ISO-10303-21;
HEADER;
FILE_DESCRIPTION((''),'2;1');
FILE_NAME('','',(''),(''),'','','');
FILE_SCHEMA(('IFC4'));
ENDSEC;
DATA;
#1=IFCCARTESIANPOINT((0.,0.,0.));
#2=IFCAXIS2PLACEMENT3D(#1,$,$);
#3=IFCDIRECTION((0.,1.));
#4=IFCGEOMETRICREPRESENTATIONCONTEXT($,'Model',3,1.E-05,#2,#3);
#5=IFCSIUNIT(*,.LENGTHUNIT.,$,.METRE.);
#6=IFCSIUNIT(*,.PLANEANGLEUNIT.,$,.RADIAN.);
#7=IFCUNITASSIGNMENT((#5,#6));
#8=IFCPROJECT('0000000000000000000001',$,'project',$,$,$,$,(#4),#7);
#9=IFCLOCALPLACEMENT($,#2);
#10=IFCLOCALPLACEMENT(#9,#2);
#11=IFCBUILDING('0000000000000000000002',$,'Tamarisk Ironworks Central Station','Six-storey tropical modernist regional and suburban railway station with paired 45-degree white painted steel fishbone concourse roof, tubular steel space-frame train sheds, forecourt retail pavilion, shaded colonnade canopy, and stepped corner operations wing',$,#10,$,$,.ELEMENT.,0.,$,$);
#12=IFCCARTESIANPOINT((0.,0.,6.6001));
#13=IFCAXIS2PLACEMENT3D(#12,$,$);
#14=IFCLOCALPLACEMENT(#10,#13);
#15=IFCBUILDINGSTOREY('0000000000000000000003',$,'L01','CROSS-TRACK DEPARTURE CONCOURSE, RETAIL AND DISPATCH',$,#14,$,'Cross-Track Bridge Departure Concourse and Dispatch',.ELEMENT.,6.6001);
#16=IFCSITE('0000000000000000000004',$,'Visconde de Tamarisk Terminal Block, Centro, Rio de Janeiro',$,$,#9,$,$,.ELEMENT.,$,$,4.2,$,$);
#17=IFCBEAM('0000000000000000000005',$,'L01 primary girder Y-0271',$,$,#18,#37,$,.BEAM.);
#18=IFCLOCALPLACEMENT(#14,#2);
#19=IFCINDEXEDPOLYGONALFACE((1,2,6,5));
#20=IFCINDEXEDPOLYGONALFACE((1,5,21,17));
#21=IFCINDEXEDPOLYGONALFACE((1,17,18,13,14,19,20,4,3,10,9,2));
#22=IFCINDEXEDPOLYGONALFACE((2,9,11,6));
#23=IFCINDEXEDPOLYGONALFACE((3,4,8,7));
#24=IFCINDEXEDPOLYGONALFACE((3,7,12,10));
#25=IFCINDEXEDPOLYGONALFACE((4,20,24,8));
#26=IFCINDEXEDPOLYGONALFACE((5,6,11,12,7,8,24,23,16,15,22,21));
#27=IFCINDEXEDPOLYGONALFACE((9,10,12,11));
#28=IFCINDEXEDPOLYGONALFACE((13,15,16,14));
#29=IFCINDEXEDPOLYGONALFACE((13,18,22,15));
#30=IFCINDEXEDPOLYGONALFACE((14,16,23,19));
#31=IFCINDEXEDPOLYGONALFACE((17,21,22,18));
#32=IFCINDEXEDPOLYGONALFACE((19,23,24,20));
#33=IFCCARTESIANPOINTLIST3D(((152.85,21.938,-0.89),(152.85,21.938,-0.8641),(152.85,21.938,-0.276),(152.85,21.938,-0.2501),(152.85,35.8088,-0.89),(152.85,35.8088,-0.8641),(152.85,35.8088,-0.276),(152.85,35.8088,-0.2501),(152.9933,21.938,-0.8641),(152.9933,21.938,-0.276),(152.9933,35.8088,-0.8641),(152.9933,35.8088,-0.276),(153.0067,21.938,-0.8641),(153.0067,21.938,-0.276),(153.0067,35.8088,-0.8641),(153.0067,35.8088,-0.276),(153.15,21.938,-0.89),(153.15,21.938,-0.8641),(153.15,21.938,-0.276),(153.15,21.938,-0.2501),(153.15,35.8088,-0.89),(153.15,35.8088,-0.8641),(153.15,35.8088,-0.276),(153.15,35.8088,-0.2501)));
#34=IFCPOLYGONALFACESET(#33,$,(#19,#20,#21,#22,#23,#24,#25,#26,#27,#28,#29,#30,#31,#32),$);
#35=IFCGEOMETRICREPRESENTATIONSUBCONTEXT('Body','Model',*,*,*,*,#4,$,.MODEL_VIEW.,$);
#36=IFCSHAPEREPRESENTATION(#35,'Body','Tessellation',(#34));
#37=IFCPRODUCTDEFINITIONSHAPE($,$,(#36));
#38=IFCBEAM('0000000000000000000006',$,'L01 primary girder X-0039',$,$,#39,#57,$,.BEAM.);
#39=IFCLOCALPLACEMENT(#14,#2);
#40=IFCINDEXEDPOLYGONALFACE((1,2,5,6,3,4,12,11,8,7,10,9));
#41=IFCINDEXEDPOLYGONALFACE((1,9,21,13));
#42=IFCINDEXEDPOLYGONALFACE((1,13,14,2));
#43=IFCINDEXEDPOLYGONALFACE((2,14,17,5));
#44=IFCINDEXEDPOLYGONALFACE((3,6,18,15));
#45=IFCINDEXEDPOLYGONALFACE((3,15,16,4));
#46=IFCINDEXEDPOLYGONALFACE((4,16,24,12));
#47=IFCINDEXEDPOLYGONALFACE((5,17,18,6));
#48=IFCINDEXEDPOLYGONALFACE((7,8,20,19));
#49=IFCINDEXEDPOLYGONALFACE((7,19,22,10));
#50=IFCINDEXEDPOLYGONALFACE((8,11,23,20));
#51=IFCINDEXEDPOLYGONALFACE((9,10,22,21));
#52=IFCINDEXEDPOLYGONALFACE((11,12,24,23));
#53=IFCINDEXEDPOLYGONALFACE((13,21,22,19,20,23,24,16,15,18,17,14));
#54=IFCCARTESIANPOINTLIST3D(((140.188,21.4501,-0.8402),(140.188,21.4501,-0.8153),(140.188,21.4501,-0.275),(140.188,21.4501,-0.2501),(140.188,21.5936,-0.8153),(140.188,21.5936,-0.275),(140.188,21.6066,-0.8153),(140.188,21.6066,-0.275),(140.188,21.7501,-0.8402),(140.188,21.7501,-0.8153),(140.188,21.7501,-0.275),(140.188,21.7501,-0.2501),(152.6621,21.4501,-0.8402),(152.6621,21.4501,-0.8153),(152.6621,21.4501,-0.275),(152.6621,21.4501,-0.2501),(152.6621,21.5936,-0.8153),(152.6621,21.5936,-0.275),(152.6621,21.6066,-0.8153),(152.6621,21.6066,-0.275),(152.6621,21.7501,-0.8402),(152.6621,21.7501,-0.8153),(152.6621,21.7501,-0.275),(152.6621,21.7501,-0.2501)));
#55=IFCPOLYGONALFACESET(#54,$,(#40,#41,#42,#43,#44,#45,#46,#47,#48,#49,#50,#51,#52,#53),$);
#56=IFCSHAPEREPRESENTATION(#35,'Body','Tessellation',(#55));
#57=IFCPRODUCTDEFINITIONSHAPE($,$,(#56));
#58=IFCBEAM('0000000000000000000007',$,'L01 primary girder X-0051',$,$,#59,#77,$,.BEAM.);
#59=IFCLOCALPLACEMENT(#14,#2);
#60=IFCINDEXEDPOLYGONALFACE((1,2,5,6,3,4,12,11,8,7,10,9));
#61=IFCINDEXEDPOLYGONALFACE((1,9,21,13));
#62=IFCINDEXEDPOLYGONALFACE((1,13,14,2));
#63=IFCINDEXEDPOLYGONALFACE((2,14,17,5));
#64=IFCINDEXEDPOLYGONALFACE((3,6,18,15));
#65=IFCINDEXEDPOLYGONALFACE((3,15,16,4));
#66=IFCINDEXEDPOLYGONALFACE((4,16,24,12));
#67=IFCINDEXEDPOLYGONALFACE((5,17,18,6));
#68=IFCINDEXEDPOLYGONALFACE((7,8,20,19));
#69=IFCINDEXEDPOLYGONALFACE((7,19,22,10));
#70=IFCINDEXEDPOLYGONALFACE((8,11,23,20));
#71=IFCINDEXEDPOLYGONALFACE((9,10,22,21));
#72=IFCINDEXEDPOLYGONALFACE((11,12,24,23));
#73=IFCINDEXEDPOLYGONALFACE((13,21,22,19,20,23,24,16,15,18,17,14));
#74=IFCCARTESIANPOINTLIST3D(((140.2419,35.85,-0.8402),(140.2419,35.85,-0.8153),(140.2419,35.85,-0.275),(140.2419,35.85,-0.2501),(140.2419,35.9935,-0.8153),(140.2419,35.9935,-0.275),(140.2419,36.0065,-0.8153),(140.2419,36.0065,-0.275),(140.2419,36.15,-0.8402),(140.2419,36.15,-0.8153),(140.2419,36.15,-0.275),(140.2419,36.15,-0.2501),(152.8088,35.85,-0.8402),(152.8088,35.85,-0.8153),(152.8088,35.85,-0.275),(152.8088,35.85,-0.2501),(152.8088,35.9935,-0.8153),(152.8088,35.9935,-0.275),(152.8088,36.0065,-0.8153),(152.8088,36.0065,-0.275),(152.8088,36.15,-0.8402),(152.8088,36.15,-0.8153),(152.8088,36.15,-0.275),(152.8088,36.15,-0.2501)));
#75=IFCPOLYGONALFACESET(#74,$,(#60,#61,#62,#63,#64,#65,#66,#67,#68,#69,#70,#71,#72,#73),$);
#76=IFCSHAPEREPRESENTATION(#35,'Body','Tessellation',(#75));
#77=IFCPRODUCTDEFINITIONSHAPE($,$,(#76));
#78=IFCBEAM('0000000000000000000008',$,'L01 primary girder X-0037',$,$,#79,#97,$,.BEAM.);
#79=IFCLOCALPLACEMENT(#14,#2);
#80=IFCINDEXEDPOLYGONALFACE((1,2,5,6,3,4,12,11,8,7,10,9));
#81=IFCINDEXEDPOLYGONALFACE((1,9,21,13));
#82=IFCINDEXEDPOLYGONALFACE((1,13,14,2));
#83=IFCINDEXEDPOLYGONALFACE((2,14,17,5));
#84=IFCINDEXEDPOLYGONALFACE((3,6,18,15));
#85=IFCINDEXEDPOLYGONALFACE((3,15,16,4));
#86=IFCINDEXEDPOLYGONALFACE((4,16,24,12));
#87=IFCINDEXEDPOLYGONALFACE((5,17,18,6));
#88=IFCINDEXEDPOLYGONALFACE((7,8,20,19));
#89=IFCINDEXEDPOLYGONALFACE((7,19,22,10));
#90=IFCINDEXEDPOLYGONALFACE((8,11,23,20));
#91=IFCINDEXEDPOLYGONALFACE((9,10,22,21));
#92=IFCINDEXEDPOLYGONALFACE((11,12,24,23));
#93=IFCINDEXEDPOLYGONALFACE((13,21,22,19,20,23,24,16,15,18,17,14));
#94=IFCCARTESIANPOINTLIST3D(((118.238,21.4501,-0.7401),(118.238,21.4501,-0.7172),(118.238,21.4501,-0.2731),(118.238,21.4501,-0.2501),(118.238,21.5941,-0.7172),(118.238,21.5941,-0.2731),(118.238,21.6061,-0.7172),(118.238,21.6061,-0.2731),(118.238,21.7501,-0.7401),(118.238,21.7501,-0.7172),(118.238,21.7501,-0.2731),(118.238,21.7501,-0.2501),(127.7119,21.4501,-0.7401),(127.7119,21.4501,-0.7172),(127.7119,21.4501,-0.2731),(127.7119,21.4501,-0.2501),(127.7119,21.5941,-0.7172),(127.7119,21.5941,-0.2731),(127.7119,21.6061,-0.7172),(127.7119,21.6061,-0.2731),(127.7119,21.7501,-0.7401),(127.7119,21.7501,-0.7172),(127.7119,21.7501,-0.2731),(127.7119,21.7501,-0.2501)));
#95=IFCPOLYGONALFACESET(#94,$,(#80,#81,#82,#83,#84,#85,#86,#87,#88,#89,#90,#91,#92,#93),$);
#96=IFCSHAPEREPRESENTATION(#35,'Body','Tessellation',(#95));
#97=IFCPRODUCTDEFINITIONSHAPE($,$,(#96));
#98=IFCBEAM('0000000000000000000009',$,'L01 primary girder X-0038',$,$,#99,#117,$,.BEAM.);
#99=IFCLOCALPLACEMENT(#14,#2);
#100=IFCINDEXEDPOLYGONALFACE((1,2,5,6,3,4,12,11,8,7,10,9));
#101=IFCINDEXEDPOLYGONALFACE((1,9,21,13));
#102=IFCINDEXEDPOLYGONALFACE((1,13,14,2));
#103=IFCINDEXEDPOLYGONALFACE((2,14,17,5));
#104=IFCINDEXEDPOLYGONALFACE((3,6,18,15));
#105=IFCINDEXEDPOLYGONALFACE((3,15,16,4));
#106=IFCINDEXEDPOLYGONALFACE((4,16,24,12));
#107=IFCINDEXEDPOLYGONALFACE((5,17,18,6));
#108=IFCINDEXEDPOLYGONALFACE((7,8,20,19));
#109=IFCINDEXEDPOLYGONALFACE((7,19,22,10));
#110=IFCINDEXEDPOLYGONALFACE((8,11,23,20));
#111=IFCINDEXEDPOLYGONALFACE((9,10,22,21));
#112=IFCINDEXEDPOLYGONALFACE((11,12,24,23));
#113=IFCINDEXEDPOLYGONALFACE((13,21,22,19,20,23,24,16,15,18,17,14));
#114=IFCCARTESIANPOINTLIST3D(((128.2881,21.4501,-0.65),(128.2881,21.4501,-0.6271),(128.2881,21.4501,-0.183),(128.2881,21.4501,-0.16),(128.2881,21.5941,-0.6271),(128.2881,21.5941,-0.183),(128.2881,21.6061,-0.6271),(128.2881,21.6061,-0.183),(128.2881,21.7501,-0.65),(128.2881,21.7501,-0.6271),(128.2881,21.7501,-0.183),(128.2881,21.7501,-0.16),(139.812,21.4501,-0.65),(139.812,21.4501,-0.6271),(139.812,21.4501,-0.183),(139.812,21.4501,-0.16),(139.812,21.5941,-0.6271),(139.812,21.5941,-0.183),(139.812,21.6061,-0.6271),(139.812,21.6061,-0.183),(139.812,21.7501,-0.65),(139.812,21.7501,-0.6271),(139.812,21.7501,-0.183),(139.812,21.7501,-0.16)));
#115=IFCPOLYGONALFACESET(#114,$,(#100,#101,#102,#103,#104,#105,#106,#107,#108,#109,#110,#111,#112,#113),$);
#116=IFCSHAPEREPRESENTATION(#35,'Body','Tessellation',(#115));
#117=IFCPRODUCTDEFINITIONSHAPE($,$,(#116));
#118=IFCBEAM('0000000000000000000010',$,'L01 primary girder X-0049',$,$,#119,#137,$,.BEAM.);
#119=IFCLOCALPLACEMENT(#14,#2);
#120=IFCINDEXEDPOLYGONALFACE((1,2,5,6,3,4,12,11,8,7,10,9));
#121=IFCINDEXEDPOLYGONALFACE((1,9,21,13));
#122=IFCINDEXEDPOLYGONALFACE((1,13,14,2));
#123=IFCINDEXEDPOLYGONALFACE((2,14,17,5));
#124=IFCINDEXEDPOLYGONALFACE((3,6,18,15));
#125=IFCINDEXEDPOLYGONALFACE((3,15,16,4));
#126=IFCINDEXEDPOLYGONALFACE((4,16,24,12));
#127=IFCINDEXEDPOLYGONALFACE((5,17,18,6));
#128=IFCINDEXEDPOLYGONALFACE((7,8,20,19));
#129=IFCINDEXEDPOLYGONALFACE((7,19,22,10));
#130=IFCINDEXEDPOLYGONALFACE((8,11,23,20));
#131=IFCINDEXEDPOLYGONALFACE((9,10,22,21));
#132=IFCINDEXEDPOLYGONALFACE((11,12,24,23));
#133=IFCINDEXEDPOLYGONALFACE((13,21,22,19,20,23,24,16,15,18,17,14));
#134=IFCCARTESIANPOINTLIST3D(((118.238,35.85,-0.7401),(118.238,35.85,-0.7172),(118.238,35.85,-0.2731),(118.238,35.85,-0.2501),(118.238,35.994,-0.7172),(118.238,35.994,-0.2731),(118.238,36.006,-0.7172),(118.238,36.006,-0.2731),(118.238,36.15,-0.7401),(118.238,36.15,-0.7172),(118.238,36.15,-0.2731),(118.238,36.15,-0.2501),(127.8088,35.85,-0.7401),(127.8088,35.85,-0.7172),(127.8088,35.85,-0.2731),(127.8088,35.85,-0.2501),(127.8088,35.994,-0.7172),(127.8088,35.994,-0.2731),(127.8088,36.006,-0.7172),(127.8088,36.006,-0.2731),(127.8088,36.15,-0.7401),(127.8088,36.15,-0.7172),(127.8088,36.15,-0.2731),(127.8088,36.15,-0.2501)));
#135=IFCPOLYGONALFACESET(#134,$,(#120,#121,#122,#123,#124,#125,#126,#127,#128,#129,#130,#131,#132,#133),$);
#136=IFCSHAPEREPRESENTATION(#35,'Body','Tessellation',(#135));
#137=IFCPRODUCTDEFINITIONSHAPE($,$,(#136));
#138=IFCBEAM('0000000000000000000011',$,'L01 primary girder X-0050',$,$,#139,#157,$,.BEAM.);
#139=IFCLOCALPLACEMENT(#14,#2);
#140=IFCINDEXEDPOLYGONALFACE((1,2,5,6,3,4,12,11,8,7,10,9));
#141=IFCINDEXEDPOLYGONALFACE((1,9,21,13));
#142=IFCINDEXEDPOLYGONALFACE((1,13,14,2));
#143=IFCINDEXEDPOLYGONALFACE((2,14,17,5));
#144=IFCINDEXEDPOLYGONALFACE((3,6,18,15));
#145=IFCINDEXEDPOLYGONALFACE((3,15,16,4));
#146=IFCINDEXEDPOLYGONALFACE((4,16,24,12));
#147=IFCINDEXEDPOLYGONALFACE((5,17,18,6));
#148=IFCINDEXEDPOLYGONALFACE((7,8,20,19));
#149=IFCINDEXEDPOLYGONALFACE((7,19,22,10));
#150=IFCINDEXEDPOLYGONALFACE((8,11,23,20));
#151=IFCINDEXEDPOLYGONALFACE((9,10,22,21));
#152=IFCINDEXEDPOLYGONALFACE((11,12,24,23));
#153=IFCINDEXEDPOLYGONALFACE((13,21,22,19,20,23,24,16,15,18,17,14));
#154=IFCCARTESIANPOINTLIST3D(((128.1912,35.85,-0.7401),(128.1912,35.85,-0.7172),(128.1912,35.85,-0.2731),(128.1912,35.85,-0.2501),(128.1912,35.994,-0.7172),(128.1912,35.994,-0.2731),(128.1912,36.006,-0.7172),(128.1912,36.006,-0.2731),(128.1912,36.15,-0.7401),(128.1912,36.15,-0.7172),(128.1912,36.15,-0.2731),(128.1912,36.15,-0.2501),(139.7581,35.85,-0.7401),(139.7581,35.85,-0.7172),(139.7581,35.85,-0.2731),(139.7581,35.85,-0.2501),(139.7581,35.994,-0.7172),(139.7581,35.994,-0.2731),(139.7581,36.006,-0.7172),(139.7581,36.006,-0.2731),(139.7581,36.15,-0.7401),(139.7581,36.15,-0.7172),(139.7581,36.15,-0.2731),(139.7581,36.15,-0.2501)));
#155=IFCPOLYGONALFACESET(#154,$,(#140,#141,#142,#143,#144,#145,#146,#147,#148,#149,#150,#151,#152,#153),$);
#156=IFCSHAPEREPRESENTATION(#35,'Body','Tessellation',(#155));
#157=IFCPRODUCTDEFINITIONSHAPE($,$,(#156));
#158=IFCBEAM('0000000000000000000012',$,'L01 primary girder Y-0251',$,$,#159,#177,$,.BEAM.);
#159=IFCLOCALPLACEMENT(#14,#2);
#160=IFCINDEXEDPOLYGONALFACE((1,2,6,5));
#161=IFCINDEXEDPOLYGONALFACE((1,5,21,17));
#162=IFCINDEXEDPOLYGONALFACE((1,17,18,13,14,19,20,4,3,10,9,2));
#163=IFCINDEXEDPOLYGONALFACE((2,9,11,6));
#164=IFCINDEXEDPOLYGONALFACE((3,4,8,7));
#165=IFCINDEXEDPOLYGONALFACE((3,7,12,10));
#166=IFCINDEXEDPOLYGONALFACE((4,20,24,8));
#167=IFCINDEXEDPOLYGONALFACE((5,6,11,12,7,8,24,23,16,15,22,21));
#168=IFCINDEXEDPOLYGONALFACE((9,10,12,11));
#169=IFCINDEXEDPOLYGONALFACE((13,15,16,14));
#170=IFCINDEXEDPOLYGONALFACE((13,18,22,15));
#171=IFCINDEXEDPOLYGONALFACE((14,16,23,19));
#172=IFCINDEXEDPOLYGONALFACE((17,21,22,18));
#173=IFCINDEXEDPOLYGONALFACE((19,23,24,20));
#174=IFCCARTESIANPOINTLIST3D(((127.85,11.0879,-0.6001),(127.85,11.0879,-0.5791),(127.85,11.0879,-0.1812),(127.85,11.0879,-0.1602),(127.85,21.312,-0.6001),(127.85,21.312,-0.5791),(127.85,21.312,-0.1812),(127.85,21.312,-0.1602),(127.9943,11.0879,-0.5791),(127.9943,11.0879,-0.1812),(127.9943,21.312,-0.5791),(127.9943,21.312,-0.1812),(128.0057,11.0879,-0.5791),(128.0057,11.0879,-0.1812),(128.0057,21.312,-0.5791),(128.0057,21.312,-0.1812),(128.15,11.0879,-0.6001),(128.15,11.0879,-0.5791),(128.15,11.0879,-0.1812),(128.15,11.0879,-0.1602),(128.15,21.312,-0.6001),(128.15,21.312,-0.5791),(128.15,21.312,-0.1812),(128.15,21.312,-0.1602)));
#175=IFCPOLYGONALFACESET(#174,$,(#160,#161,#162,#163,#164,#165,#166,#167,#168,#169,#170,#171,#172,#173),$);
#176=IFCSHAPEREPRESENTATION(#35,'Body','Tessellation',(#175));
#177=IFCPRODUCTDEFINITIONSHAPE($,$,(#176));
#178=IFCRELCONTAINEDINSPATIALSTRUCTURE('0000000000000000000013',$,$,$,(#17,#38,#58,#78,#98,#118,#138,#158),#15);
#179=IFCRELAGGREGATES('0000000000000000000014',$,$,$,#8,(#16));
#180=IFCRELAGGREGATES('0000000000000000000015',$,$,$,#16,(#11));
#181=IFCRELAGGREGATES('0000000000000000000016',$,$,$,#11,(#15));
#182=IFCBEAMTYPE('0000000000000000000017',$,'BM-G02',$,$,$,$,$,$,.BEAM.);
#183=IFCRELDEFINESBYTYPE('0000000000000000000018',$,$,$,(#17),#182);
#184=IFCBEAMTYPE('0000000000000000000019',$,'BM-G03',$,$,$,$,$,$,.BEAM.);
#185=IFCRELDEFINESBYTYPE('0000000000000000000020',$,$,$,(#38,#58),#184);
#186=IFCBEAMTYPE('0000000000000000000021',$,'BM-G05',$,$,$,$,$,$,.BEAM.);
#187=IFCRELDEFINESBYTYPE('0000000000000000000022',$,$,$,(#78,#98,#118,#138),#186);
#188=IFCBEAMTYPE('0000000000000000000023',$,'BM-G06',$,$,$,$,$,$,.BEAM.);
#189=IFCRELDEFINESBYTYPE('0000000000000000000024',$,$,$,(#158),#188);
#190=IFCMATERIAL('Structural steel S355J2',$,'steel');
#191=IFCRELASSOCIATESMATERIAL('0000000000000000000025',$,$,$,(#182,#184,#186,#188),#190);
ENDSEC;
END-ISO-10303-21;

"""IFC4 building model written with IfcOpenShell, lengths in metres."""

from ifc_helpers import new_model, si_unit, direction, frame, origin, origin_2d, place, context, subcontext, project, spatial, i_section, extrude, material, material_profile, profile_set, type_object, element, save


model = new_model("IFC4")

# Units and contexts
model_context = context("Model", 3, precision=1e-05, world=origin(), true_north=direction((0.0, 1.0)))
body_context = subcontext(model_context, "Body", "Model", "MODEL_VIEW")
ifc_project = project(units=[si_unit("LENGTHUNIT", "METRE"), si_unit("PLANEANGLEUNIT", "RADIAN")], contexts=[model_context])

# Site, building, storey
site_placement = place(None, origin())
site = spatial("IfcSite", under=ifc_project, at=site_placement, Name="Visconde de Tamarisk Terminal Block, Centro, Rio de Janeiro", CompositionType="ELEMENT", RefElevation=4.2)
building_placement = place(site_placement, origin())
building = spatial("IfcBuilding", under=site, at=building_placement, Name="Tamarisk Ironworks Central Station", Description="Six-storey tropical modernist regional and suburban railway station with paired 45-degree white painted steel fishbone concourse roof, tubular steel space-frame train sheds, forecourt retail pavilion, shaded colonnade canopy, and stepped corner operations wing", CompositionType="ELEMENT", ElevationOfRefHeight=0.0)
storey_placement = place(building_placement, frame((0.0, 0.0, 6.6001)))
storey = spatial("IfcBuildingStorey", under=building, at=storey_placement, Name="L01", Description="CROSS-TRACK DEPARTURE CONCOURSE, RETAIL AND DISPATCH", LongName="Cross-Track Bridge Departure Concourse and Dispatch", CompositionType="ELEMENT", Elevation=6.6001)

# Shared definitions
ifc_material_1 = material(Name="Structural steel S355J2", Category="steel")

# Beams
ifc_material_profile_1 = material_profile(ifc_material_1, i_section(OverallWidth=0.3, OverallDepth=0.6399, WebThickness=0.0134, FlangeThickness=0.0259, at=origin_2d()), Name="HEA 650")
ifc_profile_set_1 = profile_set([ifc_material_profile_1], Name="Structural steel S355J2")
beam_type_1 = type_object("IfcBeamType", Name="BM-G02", PredefinedType="BEAM", material=ifc_profile_set_1)
beam_1_placement = place(storey_placement, frame((153.0, 21.938, -0.5701), z_axis=(0.0, 1.0, 0.0), x_axis=(-1.0, 0.0, 0.0)))
element("IfcBeam", 1, at=beam_1_placement, inside=storey, type_object=beam_type_1, Name="L01 primary girder Y-0271", PredefinedType="BEAM", context=body_context, shape_type="SweptSolid", body=[
    extrude(i_section(OverallWidth=0.3, OverallDepth=0.6399, WebThickness=0.0134, FlangeThickness=0.0259, at=origin_2d()), origin(), (0.0, 0.0, 1.0), 13.8708),
])
ifc_material_profile_2 = material_profile(ifc_material_1, i_section(OverallWidth=0.3, OverallDepth=0.5901, WebThickness=0.0129, FlangeThickness=0.0249, at=origin_2d()), Name="HEA 600")
ifc_profile_set_2 = profile_set([ifc_material_profile_2], Name="Structural steel S355J2")
beam_type_2 = type_object("IfcBeamType", Name="BM-G03", PredefinedType="BEAM", material=ifc_profile_set_2)
beam_2_placement = place(storey_placement, frame((140.188, 21.6001, -0.5452), z_axis=(1.0, 0.0, 0.0), x_axis=(0.0, 1.0, 0.0)))
element("IfcBeam", 2, at=beam_2_placement, inside=storey, type_object=beam_type_2, Name="L01 primary girder X-0039", PredefinedType="BEAM", context=body_context, shape_type="SweptSolid", body=[
    extrude(i_section(OverallWidth=0.3, OverallDepth=0.5901, WebThickness=0.0129, FlangeThickness=0.0249, at=origin_2d()), origin(), (0.0, 0.0, 1.0), 12.4741),
])
beam_3_placement = place(storey_placement, frame((140.2419, 36.0, -0.5452), z_axis=(1.0, 0.0, 0.0), x_axis=(0.0, 1.0, 0.0)))
element("IfcBeam", 3, at=beam_3_placement, inside=storey, type_object=beam_type_2, Name="L01 primary girder X-0051", PredefinedType="BEAM", context=body_context, shape_type="SweptSolid", body=[
    extrude(i_section(OverallWidth=0.3, OverallDepth=0.5901, WebThickness=0.0129, FlangeThickness=0.0249, at=origin_2d()), origin(), (0.0, 0.0, 1.0), 12.5669),
])
ifc_material_profile_3 = material_profile(ifc_material_1, i_section(OverallWidth=0.3, OverallDepth=0.49, WebThickness=0.012, FlangeThickness=0.0229, at=origin_2d()), Name="HEA 500")
ifc_profile_set_3 = profile_set([ifc_material_profile_3], Name="Structural steel S355J2")
beam_type_3 = type_object("IfcBeamType", Name="BM-G05", PredefinedType="BEAM", material=ifc_profile_set_3)
beam_4_placement = place(storey_placement, frame((118.238, 21.6001, -0.4951), z_axis=(1.0, 0.0, 0.0), x_axis=(0.0, 1.0, 0.0)))
element("IfcBeam", 4, at=beam_4_placement, inside=storey, type_object=beam_type_3, Name="L01 primary girder X-0037", PredefinedType="BEAM", context=body_context, shape_type="SweptSolid", body=[
    extrude(i_section(OverallWidth=0.3, OverallDepth=0.49, WebThickness=0.012, FlangeThickness=0.0229, at=origin_2d()), origin(), (0.0, 0.0, 1.0), 9.4739),
])
beam_5_placement = place(storey_placement, frame((128.2881, 21.6001, -0.405), z_axis=(1.0, 0.0, 0.0), x_axis=(0.0, 1.0, 0.0)))
element("IfcBeam", 5, at=beam_5_placement, inside=storey, type_object=beam_type_3, Name="L01 primary girder X-0038", PredefinedType="BEAM", context=body_context, shape_type="SweptSolid", body=[
    extrude(i_section(OverallWidth=0.3, OverallDepth=0.49, WebThickness=0.012, FlangeThickness=0.0229, at=origin_2d()), origin(), (0.0, 0.0, 1.0), 11.5239),
])
beam_6_placement = place(storey_placement, frame((118.238, 36.0, -0.4951), z_axis=(1.0, 0.0, 0.0), x_axis=(0.0, 1.0, 0.0)))
element("IfcBeam", 6, at=beam_6_placement, inside=storey, type_object=beam_type_3, Name="L01 primary girder X-0049", PredefinedType="BEAM", context=body_context, shape_type="SweptSolid", body=[
    extrude(i_section(OverallWidth=0.3, OverallDepth=0.49, WebThickness=0.012, FlangeThickness=0.0229, at=origin_2d()), origin(), (0.0, 0.0, 1.0), 9.5708),
])
beam_7_placement = place(storey_placement, frame((128.1912, 36.0, -0.4951), z_axis=(1.0, 0.0, 0.0), x_axis=(0.0, 1.0, 0.0)))
element("IfcBeam", 7, at=beam_7_placement, inside=storey, type_object=beam_type_3, Name="L01 primary girder X-0050", PredefinedType="BEAM", context=body_context, shape_type="SweptSolid", body=[
    extrude(i_section(OverallWidth=0.3, OverallDepth=0.49, WebThickness=0.012, FlangeThickness=0.0229, at=origin_2d()), origin(), (0.0, 0.0, 1.0), 11.5669),
])
ifc_material_profile_4 = material_profile(ifc_material_1, i_section(OverallWidth=0.3, OverallDepth=0.4399, WebThickness=0.0115, FlangeThickness=0.021, at=origin_2d()), Name="HEA 450")
ifc_profile_set_4 = profile_set([ifc_material_profile_4], Name="Structural steel S355J2")
beam_type_4 = type_object("IfcBeamType", Name="BM-G06", PredefinedType="BEAM", material=ifc_profile_set_4)
beam_8_placement = place(storey_placement, frame((128.0, 11.0879, -0.3801), z_axis=(0.0, 1.0, 0.0), x_axis=(-1.0, 0.0, 0.0)))
element("IfcBeam", 8, at=beam_8_placement, inside=storey, type_object=beam_type_4, Name="L01 primary girder Y-0251", PredefinedType="BEAM", context=body_context, shape_type="SweptSolid", body=[
    extrude(i_section(OverallWidth=0.3, OverallDepth=0.4399, WebThickness=0.0115, FlangeThickness=0.021, at=origin_2d()), origin(), (0.0, 0.0, 1.0), 10.2241),
])

save(model, "model.ifc")
